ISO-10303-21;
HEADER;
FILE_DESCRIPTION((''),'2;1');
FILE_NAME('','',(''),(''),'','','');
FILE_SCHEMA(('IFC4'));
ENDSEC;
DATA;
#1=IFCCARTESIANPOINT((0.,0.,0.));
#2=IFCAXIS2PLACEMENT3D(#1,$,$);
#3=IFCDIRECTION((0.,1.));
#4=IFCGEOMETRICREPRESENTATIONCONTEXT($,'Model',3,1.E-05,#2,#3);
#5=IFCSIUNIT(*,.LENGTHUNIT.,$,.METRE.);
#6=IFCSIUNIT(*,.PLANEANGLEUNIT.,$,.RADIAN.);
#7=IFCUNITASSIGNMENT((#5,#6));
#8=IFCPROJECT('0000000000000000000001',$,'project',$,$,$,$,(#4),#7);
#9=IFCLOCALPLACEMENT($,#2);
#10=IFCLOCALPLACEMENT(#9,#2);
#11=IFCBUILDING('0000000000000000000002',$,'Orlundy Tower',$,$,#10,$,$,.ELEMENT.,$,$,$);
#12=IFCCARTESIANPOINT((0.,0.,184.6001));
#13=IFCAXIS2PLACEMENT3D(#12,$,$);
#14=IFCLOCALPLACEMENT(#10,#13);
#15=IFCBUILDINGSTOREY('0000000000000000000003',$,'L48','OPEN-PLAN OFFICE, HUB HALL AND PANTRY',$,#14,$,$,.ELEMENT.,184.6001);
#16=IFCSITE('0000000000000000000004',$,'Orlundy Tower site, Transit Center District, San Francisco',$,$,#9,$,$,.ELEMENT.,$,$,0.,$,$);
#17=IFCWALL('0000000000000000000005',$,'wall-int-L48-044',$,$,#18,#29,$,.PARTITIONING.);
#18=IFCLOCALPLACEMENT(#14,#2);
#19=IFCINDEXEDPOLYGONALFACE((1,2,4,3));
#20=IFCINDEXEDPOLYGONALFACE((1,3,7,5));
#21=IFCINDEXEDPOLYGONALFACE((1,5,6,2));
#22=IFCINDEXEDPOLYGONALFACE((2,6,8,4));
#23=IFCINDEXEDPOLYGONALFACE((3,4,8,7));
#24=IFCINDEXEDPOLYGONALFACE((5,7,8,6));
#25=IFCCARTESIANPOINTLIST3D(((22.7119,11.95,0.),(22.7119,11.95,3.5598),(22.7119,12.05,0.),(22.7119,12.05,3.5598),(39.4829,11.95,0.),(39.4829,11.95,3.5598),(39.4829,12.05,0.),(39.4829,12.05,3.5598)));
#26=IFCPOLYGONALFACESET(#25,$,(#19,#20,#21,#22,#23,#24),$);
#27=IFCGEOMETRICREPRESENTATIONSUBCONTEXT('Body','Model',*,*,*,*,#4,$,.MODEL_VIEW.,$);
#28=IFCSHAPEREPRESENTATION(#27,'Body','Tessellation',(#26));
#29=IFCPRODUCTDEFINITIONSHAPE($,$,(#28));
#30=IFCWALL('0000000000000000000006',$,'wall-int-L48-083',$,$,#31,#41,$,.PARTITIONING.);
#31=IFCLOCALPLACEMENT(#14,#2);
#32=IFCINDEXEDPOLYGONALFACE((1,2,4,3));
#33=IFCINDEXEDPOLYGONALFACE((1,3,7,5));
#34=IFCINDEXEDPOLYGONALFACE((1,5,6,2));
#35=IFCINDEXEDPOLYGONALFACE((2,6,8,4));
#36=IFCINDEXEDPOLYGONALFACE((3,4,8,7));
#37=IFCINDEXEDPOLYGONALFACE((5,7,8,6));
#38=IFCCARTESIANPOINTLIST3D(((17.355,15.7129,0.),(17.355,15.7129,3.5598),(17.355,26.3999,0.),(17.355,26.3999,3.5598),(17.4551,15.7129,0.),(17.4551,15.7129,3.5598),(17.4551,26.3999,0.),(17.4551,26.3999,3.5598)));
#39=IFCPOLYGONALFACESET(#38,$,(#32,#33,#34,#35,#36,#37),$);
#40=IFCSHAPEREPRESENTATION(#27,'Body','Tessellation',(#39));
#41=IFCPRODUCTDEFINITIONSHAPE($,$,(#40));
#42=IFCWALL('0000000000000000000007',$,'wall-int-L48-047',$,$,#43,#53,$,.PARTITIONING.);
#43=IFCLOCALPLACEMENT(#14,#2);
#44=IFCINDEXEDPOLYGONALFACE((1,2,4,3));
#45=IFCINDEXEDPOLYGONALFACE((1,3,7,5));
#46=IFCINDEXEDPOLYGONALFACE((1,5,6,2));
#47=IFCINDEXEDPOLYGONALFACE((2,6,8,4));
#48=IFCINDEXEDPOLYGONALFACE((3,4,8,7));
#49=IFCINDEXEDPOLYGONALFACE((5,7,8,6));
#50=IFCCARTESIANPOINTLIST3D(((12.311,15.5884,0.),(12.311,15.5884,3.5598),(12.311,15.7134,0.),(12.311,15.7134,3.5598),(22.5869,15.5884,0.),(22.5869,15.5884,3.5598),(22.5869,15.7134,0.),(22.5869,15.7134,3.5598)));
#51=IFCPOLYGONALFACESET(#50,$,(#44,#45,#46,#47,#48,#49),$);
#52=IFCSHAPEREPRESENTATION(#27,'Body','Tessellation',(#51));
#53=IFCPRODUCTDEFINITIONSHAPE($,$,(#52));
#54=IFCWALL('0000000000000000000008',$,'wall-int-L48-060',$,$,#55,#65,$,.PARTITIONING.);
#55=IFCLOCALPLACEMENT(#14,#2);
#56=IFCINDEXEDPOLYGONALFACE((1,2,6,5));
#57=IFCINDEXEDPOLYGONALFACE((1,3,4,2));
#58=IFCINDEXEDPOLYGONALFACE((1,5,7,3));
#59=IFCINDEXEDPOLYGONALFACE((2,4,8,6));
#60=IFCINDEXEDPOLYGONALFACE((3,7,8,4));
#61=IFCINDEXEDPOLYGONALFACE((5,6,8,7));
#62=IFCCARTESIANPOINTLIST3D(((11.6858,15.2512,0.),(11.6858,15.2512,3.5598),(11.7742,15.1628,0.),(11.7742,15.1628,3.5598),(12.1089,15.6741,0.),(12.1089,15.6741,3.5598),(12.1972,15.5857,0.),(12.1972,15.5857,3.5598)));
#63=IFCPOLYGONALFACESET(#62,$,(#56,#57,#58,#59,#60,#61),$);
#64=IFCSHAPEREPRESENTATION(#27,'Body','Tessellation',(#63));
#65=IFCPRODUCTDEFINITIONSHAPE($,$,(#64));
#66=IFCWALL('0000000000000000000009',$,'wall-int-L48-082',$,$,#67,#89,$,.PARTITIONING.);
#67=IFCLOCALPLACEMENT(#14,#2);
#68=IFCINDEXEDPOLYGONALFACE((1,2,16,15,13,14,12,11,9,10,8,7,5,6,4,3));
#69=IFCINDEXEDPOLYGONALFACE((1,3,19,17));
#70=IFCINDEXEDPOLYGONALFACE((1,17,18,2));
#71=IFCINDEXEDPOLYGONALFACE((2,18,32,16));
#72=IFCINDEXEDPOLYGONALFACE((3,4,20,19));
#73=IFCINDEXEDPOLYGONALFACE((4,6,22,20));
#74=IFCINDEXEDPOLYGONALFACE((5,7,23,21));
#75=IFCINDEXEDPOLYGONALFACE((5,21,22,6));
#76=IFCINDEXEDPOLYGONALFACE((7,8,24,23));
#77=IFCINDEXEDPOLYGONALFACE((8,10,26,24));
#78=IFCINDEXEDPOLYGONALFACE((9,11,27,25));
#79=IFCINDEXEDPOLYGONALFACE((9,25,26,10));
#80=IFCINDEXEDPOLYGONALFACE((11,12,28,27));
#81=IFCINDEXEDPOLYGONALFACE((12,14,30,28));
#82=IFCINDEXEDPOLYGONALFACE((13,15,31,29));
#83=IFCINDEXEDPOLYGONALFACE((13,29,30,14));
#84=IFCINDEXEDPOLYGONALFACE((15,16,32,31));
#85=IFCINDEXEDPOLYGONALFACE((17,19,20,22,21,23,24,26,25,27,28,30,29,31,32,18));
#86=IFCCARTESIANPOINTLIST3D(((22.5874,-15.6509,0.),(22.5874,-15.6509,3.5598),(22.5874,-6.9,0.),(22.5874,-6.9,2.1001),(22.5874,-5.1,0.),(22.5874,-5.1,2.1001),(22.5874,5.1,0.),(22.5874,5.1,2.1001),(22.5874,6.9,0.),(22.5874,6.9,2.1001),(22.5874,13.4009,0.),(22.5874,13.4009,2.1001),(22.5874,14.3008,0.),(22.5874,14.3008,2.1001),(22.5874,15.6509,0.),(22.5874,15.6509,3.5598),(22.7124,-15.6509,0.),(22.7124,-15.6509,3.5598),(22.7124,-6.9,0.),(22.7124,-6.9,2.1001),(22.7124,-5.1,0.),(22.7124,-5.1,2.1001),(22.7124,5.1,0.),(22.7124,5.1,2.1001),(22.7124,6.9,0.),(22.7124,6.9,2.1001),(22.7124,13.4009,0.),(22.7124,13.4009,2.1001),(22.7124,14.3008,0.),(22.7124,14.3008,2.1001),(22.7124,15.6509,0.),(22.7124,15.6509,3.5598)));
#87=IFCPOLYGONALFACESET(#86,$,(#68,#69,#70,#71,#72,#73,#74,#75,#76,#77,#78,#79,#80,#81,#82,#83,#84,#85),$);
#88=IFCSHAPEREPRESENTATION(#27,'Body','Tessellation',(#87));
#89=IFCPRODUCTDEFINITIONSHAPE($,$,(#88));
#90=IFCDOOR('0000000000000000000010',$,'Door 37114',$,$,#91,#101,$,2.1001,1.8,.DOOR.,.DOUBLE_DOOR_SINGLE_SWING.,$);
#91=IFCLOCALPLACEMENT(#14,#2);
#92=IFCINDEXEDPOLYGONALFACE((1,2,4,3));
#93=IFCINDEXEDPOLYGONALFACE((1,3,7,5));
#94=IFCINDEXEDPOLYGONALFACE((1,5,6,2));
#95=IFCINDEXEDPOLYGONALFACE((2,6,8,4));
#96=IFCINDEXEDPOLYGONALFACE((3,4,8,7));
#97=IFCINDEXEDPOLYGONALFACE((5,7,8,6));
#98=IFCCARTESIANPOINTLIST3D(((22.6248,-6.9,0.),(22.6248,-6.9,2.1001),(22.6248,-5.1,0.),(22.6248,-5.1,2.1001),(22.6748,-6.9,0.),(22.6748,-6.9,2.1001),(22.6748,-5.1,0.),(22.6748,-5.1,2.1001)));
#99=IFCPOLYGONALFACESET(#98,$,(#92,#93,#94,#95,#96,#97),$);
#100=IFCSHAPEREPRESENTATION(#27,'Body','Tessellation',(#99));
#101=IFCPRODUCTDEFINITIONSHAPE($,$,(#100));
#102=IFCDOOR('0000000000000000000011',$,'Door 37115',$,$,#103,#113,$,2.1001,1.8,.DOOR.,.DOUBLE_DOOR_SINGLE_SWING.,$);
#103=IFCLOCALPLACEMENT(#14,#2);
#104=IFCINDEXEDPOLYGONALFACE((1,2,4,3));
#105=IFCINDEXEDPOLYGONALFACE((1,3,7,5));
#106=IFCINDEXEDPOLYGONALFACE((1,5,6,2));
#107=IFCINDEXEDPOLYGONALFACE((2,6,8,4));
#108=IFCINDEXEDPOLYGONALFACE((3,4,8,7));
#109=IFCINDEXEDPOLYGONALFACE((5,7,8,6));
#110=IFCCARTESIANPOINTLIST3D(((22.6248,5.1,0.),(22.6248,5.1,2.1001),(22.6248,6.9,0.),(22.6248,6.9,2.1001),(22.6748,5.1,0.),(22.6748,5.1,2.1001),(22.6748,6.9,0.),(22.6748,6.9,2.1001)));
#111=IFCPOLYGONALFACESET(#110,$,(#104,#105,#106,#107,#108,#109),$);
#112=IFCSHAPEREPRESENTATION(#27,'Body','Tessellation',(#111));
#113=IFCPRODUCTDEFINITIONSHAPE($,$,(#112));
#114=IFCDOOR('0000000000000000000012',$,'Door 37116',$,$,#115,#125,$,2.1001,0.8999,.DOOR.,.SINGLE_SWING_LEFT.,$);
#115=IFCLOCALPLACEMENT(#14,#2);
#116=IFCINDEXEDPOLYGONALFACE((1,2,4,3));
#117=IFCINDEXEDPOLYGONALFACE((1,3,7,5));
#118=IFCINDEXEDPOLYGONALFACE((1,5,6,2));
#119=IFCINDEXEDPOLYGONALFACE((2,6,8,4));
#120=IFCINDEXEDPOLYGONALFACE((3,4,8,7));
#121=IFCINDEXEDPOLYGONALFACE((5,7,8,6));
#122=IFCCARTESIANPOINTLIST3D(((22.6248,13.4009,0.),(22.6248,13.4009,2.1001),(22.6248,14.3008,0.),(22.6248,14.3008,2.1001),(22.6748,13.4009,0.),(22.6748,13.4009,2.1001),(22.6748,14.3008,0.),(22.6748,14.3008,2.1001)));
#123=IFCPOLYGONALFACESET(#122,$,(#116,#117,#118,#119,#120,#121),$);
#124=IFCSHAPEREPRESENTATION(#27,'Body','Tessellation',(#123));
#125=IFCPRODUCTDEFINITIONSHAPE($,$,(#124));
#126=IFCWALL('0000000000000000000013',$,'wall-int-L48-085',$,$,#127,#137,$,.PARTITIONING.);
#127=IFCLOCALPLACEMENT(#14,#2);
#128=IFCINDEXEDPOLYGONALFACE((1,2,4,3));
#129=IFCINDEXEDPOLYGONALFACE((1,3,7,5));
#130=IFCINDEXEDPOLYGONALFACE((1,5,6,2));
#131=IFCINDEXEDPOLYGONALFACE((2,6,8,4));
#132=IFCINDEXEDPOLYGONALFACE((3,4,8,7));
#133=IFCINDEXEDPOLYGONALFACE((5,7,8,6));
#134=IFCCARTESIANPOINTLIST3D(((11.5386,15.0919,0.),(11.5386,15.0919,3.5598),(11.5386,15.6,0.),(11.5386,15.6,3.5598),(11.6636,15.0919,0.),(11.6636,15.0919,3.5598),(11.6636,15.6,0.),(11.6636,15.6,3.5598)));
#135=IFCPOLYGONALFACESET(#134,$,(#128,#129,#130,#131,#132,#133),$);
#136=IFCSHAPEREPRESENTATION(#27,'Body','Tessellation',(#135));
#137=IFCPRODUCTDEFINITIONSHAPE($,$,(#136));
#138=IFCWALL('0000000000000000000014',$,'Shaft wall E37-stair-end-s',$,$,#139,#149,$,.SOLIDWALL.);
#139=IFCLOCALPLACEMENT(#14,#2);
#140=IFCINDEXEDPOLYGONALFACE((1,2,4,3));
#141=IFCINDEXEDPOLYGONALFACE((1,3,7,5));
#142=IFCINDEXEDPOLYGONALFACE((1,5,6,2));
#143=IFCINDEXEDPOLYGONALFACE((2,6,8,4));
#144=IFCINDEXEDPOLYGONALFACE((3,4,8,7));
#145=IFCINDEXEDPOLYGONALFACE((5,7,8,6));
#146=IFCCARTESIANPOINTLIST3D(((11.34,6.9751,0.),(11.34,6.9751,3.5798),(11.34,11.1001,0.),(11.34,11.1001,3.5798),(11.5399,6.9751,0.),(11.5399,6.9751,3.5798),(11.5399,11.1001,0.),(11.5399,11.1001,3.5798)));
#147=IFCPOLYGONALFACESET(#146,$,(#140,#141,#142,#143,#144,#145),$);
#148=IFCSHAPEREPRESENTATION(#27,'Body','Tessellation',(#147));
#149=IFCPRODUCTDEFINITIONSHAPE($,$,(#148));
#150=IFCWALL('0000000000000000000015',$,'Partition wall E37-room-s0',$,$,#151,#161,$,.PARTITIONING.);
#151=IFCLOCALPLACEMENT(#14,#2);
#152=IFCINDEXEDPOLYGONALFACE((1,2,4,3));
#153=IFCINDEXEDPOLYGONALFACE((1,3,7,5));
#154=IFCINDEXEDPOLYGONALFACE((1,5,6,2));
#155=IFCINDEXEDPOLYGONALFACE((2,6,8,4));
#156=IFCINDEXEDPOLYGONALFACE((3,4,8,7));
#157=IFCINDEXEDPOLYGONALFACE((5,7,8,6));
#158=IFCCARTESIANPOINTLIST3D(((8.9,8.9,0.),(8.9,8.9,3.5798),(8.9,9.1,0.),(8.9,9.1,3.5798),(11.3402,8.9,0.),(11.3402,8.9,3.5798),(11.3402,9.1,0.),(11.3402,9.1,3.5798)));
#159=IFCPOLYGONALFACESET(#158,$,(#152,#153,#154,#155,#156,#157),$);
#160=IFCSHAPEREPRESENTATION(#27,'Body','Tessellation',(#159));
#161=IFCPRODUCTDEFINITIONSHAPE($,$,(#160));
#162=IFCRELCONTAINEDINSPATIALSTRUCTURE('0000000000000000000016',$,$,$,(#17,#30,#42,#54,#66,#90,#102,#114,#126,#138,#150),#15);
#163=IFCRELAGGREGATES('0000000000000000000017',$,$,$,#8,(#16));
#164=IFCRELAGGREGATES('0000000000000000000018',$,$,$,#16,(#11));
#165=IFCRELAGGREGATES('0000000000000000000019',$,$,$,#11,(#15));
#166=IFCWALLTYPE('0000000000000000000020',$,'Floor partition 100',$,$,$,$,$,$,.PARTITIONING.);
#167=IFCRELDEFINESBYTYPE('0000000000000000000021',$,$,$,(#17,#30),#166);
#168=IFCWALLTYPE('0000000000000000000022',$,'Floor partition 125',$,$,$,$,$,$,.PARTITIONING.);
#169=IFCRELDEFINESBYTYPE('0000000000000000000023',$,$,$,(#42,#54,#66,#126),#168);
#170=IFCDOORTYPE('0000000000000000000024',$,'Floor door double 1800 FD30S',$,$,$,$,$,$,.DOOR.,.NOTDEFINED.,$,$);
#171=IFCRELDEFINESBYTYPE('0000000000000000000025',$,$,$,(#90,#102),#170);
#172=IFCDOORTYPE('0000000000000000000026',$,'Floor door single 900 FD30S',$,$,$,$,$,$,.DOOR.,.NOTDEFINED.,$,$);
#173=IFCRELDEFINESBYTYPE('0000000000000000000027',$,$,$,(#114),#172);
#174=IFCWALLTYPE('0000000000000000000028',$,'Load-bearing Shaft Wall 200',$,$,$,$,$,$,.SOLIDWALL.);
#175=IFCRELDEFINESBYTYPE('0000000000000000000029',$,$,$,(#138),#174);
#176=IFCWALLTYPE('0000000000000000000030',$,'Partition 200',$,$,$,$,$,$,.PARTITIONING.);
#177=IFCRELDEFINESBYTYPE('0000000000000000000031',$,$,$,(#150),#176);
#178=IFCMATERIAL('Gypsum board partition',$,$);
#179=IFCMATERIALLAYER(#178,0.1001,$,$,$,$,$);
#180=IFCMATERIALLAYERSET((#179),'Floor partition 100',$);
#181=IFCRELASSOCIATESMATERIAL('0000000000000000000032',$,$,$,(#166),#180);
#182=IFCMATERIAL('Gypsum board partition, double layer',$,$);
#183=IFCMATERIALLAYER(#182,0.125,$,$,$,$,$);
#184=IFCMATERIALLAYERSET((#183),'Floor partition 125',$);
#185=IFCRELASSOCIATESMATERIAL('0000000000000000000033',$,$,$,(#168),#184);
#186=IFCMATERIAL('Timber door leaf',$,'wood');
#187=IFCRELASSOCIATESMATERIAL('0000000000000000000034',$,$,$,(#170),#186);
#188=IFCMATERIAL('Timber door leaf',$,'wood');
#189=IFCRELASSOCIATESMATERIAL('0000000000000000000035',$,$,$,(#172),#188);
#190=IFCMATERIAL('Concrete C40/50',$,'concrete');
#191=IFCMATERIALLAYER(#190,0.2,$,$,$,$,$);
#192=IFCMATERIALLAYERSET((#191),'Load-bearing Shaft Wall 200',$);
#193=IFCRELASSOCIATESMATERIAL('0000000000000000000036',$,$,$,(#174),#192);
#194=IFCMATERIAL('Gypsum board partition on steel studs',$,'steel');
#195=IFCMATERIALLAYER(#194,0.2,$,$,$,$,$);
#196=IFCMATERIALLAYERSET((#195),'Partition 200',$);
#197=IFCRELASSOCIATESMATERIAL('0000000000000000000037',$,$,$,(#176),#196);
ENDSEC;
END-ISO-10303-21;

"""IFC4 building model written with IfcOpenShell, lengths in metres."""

from ifc_helpers import new_model, si_unit, direction, frame, frame_2d, origin, place, context, subcontext, project, spatial, rectangle, extrude, material, layer, layer_set, type_object, element, fill, save


model = new_model("IFC4")

# Units and contexts
model_context = context("Model", 3, precision=1e-05, world=origin(), true_north=direction((0.0, 1.0)))
body_context = subcontext(model_context, "Body", "Model", "MODEL_VIEW")
ifc_project = project(units=[si_unit("LENGTHUNIT", "METRE"), si_unit("PLANEANGLEUNIT", "RADIAN")], contexts=[model_context])

# Site, building, storey
site_placement = place(None, origin())
site = spatial("IfcSite", under=ifc_project, at=site_placement, Name="Orlundy Tower site, Transit Center District, San Francisco", CompositionType="ELEMENT", RefElevation=0.0)
building_placement = place(site_placement, origin())
building = spatial("IfcBuilding", under=site, at=building_placement, Name="Orlundy Tower", CompositionType="ELEMENT")
storey_placement = place(building_placement, frame((0.0, 0.0, 184.6001)))
storey = spatial("IfcBuildingStorey", under=building, at=storey_placement, Name="L48", Description="OPEN-PLAN OFFICE, HUB HALL AND PANTRY", CompositionType="ELEMENT", Elevation=184.6001)

# Walls
ifc_material_1 = material(Name="Gypsum board partition")
ifc_layer_1 = layer(ifc_material_1, 0.1001)
ifc_layer_set_1 = layer_set([ifc_layer_1], Name="Floor partition 100")
wall_type_1 = type_object("IfcWallType", Name="Floor partition 100", PredefinedType="PARTITIONING", material=ifc_layer_set_1)
wall_1_placement = place(storey_placement, frame((22.7119, 12.0, 0.0), z_axis=(0.0, 0.0, 1.0), x_axis=(1.0, 0.0, 0.0)))
element("IfcWall", 1, at=wall_1_placement, inside=storey, type_object=wall_type_1, Name="wall-int-L48-044", PredefinedType="PARTITIONING", context=body_context, shape_type="SweptSolid", body=[
    extrude(rectangle(XDim=16.771, YDim=0.1001, at=frame_2d((8.3855, 0.0))), origin(), (0.0, 0.0, 1.0), 3.5598),
])
wall_2_placement = place(storey_placement, frame((17.405, 15.7129, 0.0), z_axis=(0.0, 0.0, 1.0), x_axis=(0.0, 1.0, 0.0)))
element("IfcWall", 2, at=wall_2_placement, inside=storey, type_object=wall_type_1, Name="wall-int-L48-083", PredefinedType="PARTITIONING", context=body_context, shape_type="SweptSolid", body=[
    extrude(rectangle(XDim=10.687, YDim=0.1001, at=frame_2d((5.3435, 0.0))), origin(), (0.0, 0.0, 1.0), 3.5598),
])
ifc_material_2 = material(Name="Gypsum board partition, double layer")
ifc_layer_2 = layer(ifc_material_2, 0.125)
ifc_layer_set_2 = layer_set([ifc_layer_2], Name="Floor partition 125")
wall_type_2 = type_object("IfcWallType", Name="Floor partition 125", PredefinedType="PARTITIONING", material=ifc_layer_set_2)
wall_3_placement = place(storey_placement, frame((12.311, 15.6509, 0.0), z_axis=(0.0, 0.0, 1.0), x_axis=(1.0, 0.0, 0.0)))
element("IfcWall", 3, at=wall_3_placement, inside=storey, type_object=wall_type_2, Name="wall-int-L48-047", PredefinedType="PARTITIONING", context=body_context, shape_type="SweptSolid", body=[
    extrude(rectangle(XDim=10.2759, YDim=0.125, at=frame_2d((5.1379, 0.0))), origin(), (0.0, 0.0, 1.0), 3.5598),
])
wall_4_placement = place(storey_placement, frame((11.73, 15.207, 0.0), z_axis=(0.0, 0.0, 1.0), x_axis=(0.707311, 0.706903, 0.0)))
element("IfcWall", 4, at=wall_4_placement, inside=storey, type_object=wall_type_2, Name="wall-int-L48-060", PredefinedType="PARTITIONING", context=body_context, shape_type="SweptSolid", body=[
    extrude(rectangle(XDim=0.5981, YDim=0.125, at=frame_2d((0.2991, 0.0))), origin(), (0.0, 0.0, 1.0), 3.5598),
])

# Wall, openings, doors
wall_5_placement = place(storey_placement, frame((22.6499, 15.6509, 0.0), z_axis=(0.0, 0.0, 1.0), x_axis=(0.0, -1.0, 0.0)))
wall_5 = element("IfcWall", 5, at=wall_5_placement, inside=storey, type_object=wall_type_2, Name="wall-int-L48-082", PredefinedType="PARTITIONING", context=body_context, shape_type="SweptSolid", body=[
    extrude(rectangle(XDim=31.3018, YDim=0.125, at=frame_2d((15.6509, 0.0))), origin(), (0.0, 0.0, 1.0), 3.5598),
])
opening_1_placement = place(wall_5_placement, frame((20.751, 0.0, 0.0)))
opening_1 = element("IfcOpeningElement", 6, at=opening_1_placement, cuts=wall_5, PredefinedType="OPENING", context=body_context, shape_type="SweptSolid", body=[
    extrude(rectangle(XDim=1.8, YDim=2.1001, at=frame_2d((0.8999, 1.05))), frame((0.0, 0.0725, 0.0), z_axis=(0.0, -1.0, 0.0), x_axis=(1.0, 0.0, 0.0)), (0.0, 0.0, 1.0), 0.145),
])
opening_2_placement = place(wall_5_placement, frame((8.751, 0.0, 0.0)))
opening_2 = element("IfcOpeningElement", 7, at=opening_2_placement, cuts=wall_5, PredefinedType="OPENING", context=body_context, shape_type="SweptSolid", body=[
    extrude(rectangle(XDim=1.8, YDim=2.1001, at=frame_2d((0.8999, 1.05))), frame((0.0, 0.0725, 0.0), z_axis=(0.0, -1.0, 0.0), x_axis=(1.0, 0.0, 0.0)), (0.0, 0.0, 1.0), 0.145),
])
opening_3_placement = place(wall_5_placement, frame((1.3501, 0.0, 0.0)))
opening_3 = element("IfcOpeningElement", 8, at=opening_3_placement, cuts=wall_5, PredefinedType="OPENING", context=body_context, shape_type="SweptSolid", body=[
    extrude(rectangle(XDim=0.8999, YDim=2.1001, at=frame_2d((0.45, 1.05))), frame((0.0, 0.0725, 0.0), z_axis=(0.0, -1.0, 0.0), x_axis=(1.0, 0.0, 0.0)), (0.0, 0.0, 1.0), 0.145),
])
ifc_material_3 = material(Name="Timber door leaf", Category="wood")
door_type_1 = type_object("IfcDoorType", Name="Floor door double 1800 FD30S", OperationType="NOTDEFINED", PredefinedType="DOOR", material=ifc_material_3)
door_1_placement = place(opening_1_placement, origin())
door_1 = element("IfcDoor", 9, at=door_1_placement, inside=storey, type_object=door_type_1, Name="Door 37114", OperationType="DOUBLE_DOOR_SINGLE_SWING", OverallHeight=2.1001, OverallWidth=1.8, PredefinedType="DOOR", context=body_context, shape_type="SweptSolid", body=[
    extrude(rectangle(XDim=1.8, YDim=2.1001, at=frame_2d((0.8999, 1.05))), frame((0.0, 0.0249, 0.0), z_axis=(0.0, -1.0, 0.0), x_axis=(1.0, 0.0, 0.0)), (0.0, 0.0, 1.0), 0.05),
])
fill(opening_1, door_1)
door_2_placement = place(opening_2_placement, origin())
door_2 = element("IfcDoor", 10, at=door_2_placement, inside=storey, type_object=door_type_1, Name="Door 37115", OperationType="DOUBLE_DOOR_SINGLE_SWING", OverallHeight=2.1001, OverallWidth=1.8, PredefinedType="DOOR", context=body_context, shape_type="SweptSolid", body=[
    extrude(rectangle(XDim=1.8, YDim=2.1001, at=frame_2d((0.8999, 1.05))), frame((0.0, 0.0249, 0.0), z_axis=(0.0, -1.0, 0.0), x_axis=(1.0, 0.0, 0.0)), (0.0, 0.0, 1.0), 0.05),
])
fill(opening_2, door_2)
ifc_material_4 = material(Name="Timber door leaf", Category="wood")
door_type_2 = type_object("IfcDoorType", Name="Floor door single 900 FD30S", OperationType="NOTDEFINED", PredefinedType="DOOR", material=ifc_material_4)
door_3_placement = place(opening_3_placement, origin())
door_3 = element("IfcDoor", 11, at=door_3_placement, inside=storey, type_object=door_type_2, Name="Door 37116", OperationType="SINGLE_SWING_LEFT", OverallHeight=2.1001, OverallWidth=0.8999, PredefinedType="DOOR", context=body_context, shape_type="SweptSolid", body=[
    extrude(rectangle(XDim=0.8999, YDim=2.1001, at=frame_2d((0.45, 1.05))), frame((0.0, 0.0249, 0.0), z_axis=(0.0, -1.0, 0.0), x_axis=(1.0, 0.0, 0.0)), (0.0, 0.0, 1.0), 0.05),
])
fill(opening_3, door_3)

# Walls
wall_6_placement = place(storey_placement, frame((11.6011, 15.092, 0.0), z_axis=(0.0, 0.0, 1.0), x_axis=(0.0, 1.0, 0.0)))
element("IfcWall", 12, at=wall_6_placement, inside=storey, type_object=wall_type_2, Name="wall-int-L48-085", PredefinedType="PARTITIONING", context=body_context, shape_type="SweptSolid", body=[
    extrude(rectangle(XDim=0.5081, YDim=0.125, at=frame_2d((0.2539, 0.0))), origin(), (0.0, 0.0, 1.0), 3.5598),
])
ifc_material_5 = material(Name="Concrete C40/50", Category="concrete")
ifc_layer_3 = layer(ifc_material_5, 0.2)
ifc_layer_set_3 = layer_set([ifc_layer_3], Name="Load-bearing Shaft Wall 200")
wall_type_3 = type_object("IfcWallType", Name="Load-bearing Shaft Wall 200", PredefinedType="SOLIDWALL", material=ifc_layer_set_3)
wall_7_placement = place(storey_placement, frame((11.4399, 11.1001, 0.0), z_axis=(0.0, 0.0, 1.0), x_axis=(0.0, -1.0, 0.0)))
element("IfcWall", 13, at=wall_7_placement, inside=storey, type_object=wall_type_3, Name="Shaft wall E37-stair-end-s", PredefinedType="SOLIDWALL", context=body_context, shape_type="SweptSolid", body=[
    extrude(rectangle(XDim=4.125, YDim=0.2, at=frame_2d((2.0625, 0.0))), origin(), (0.0, 0.0, 1.0), 3.5798),
])
ifc_material_6 = material(Name="Gypsum board partition on steel studs", Category="steel")
ifc_layer_4 = layer(ifc_material_6, 0.2)
ifc_layer_set_4 = layer_set([ifc_layer_4], Name="Partition 200")
wall_type_4 = type_object("IfcWallType", Name="Partition 200", PredefinedType="PARTITIONING", material=ifc_layer_set_4)
wall_8_placement = place(storey_placement, frame((8.8999, 9.0, 0.0), z_axis=(0.0, 0.0, 1.0), x_axis=(1.0, 0.0, 0.0)))
element("IfcWall", 14, at=wall_8_placement, inside=storey, type_object=wall_type_4, Name="Partition wall E37-room-s0", PredefinedType="PARTITIONING", context=body_context, shape_type="SweptSolid", body=[
    extrude(rectangle(XDim=2.4402, YDim=0.2, at=frame_2d((1.2202, 0.0))), origin(), (0.0, 0.0, 1.0), 3.5798),
])

save(model, "model.ifc")
